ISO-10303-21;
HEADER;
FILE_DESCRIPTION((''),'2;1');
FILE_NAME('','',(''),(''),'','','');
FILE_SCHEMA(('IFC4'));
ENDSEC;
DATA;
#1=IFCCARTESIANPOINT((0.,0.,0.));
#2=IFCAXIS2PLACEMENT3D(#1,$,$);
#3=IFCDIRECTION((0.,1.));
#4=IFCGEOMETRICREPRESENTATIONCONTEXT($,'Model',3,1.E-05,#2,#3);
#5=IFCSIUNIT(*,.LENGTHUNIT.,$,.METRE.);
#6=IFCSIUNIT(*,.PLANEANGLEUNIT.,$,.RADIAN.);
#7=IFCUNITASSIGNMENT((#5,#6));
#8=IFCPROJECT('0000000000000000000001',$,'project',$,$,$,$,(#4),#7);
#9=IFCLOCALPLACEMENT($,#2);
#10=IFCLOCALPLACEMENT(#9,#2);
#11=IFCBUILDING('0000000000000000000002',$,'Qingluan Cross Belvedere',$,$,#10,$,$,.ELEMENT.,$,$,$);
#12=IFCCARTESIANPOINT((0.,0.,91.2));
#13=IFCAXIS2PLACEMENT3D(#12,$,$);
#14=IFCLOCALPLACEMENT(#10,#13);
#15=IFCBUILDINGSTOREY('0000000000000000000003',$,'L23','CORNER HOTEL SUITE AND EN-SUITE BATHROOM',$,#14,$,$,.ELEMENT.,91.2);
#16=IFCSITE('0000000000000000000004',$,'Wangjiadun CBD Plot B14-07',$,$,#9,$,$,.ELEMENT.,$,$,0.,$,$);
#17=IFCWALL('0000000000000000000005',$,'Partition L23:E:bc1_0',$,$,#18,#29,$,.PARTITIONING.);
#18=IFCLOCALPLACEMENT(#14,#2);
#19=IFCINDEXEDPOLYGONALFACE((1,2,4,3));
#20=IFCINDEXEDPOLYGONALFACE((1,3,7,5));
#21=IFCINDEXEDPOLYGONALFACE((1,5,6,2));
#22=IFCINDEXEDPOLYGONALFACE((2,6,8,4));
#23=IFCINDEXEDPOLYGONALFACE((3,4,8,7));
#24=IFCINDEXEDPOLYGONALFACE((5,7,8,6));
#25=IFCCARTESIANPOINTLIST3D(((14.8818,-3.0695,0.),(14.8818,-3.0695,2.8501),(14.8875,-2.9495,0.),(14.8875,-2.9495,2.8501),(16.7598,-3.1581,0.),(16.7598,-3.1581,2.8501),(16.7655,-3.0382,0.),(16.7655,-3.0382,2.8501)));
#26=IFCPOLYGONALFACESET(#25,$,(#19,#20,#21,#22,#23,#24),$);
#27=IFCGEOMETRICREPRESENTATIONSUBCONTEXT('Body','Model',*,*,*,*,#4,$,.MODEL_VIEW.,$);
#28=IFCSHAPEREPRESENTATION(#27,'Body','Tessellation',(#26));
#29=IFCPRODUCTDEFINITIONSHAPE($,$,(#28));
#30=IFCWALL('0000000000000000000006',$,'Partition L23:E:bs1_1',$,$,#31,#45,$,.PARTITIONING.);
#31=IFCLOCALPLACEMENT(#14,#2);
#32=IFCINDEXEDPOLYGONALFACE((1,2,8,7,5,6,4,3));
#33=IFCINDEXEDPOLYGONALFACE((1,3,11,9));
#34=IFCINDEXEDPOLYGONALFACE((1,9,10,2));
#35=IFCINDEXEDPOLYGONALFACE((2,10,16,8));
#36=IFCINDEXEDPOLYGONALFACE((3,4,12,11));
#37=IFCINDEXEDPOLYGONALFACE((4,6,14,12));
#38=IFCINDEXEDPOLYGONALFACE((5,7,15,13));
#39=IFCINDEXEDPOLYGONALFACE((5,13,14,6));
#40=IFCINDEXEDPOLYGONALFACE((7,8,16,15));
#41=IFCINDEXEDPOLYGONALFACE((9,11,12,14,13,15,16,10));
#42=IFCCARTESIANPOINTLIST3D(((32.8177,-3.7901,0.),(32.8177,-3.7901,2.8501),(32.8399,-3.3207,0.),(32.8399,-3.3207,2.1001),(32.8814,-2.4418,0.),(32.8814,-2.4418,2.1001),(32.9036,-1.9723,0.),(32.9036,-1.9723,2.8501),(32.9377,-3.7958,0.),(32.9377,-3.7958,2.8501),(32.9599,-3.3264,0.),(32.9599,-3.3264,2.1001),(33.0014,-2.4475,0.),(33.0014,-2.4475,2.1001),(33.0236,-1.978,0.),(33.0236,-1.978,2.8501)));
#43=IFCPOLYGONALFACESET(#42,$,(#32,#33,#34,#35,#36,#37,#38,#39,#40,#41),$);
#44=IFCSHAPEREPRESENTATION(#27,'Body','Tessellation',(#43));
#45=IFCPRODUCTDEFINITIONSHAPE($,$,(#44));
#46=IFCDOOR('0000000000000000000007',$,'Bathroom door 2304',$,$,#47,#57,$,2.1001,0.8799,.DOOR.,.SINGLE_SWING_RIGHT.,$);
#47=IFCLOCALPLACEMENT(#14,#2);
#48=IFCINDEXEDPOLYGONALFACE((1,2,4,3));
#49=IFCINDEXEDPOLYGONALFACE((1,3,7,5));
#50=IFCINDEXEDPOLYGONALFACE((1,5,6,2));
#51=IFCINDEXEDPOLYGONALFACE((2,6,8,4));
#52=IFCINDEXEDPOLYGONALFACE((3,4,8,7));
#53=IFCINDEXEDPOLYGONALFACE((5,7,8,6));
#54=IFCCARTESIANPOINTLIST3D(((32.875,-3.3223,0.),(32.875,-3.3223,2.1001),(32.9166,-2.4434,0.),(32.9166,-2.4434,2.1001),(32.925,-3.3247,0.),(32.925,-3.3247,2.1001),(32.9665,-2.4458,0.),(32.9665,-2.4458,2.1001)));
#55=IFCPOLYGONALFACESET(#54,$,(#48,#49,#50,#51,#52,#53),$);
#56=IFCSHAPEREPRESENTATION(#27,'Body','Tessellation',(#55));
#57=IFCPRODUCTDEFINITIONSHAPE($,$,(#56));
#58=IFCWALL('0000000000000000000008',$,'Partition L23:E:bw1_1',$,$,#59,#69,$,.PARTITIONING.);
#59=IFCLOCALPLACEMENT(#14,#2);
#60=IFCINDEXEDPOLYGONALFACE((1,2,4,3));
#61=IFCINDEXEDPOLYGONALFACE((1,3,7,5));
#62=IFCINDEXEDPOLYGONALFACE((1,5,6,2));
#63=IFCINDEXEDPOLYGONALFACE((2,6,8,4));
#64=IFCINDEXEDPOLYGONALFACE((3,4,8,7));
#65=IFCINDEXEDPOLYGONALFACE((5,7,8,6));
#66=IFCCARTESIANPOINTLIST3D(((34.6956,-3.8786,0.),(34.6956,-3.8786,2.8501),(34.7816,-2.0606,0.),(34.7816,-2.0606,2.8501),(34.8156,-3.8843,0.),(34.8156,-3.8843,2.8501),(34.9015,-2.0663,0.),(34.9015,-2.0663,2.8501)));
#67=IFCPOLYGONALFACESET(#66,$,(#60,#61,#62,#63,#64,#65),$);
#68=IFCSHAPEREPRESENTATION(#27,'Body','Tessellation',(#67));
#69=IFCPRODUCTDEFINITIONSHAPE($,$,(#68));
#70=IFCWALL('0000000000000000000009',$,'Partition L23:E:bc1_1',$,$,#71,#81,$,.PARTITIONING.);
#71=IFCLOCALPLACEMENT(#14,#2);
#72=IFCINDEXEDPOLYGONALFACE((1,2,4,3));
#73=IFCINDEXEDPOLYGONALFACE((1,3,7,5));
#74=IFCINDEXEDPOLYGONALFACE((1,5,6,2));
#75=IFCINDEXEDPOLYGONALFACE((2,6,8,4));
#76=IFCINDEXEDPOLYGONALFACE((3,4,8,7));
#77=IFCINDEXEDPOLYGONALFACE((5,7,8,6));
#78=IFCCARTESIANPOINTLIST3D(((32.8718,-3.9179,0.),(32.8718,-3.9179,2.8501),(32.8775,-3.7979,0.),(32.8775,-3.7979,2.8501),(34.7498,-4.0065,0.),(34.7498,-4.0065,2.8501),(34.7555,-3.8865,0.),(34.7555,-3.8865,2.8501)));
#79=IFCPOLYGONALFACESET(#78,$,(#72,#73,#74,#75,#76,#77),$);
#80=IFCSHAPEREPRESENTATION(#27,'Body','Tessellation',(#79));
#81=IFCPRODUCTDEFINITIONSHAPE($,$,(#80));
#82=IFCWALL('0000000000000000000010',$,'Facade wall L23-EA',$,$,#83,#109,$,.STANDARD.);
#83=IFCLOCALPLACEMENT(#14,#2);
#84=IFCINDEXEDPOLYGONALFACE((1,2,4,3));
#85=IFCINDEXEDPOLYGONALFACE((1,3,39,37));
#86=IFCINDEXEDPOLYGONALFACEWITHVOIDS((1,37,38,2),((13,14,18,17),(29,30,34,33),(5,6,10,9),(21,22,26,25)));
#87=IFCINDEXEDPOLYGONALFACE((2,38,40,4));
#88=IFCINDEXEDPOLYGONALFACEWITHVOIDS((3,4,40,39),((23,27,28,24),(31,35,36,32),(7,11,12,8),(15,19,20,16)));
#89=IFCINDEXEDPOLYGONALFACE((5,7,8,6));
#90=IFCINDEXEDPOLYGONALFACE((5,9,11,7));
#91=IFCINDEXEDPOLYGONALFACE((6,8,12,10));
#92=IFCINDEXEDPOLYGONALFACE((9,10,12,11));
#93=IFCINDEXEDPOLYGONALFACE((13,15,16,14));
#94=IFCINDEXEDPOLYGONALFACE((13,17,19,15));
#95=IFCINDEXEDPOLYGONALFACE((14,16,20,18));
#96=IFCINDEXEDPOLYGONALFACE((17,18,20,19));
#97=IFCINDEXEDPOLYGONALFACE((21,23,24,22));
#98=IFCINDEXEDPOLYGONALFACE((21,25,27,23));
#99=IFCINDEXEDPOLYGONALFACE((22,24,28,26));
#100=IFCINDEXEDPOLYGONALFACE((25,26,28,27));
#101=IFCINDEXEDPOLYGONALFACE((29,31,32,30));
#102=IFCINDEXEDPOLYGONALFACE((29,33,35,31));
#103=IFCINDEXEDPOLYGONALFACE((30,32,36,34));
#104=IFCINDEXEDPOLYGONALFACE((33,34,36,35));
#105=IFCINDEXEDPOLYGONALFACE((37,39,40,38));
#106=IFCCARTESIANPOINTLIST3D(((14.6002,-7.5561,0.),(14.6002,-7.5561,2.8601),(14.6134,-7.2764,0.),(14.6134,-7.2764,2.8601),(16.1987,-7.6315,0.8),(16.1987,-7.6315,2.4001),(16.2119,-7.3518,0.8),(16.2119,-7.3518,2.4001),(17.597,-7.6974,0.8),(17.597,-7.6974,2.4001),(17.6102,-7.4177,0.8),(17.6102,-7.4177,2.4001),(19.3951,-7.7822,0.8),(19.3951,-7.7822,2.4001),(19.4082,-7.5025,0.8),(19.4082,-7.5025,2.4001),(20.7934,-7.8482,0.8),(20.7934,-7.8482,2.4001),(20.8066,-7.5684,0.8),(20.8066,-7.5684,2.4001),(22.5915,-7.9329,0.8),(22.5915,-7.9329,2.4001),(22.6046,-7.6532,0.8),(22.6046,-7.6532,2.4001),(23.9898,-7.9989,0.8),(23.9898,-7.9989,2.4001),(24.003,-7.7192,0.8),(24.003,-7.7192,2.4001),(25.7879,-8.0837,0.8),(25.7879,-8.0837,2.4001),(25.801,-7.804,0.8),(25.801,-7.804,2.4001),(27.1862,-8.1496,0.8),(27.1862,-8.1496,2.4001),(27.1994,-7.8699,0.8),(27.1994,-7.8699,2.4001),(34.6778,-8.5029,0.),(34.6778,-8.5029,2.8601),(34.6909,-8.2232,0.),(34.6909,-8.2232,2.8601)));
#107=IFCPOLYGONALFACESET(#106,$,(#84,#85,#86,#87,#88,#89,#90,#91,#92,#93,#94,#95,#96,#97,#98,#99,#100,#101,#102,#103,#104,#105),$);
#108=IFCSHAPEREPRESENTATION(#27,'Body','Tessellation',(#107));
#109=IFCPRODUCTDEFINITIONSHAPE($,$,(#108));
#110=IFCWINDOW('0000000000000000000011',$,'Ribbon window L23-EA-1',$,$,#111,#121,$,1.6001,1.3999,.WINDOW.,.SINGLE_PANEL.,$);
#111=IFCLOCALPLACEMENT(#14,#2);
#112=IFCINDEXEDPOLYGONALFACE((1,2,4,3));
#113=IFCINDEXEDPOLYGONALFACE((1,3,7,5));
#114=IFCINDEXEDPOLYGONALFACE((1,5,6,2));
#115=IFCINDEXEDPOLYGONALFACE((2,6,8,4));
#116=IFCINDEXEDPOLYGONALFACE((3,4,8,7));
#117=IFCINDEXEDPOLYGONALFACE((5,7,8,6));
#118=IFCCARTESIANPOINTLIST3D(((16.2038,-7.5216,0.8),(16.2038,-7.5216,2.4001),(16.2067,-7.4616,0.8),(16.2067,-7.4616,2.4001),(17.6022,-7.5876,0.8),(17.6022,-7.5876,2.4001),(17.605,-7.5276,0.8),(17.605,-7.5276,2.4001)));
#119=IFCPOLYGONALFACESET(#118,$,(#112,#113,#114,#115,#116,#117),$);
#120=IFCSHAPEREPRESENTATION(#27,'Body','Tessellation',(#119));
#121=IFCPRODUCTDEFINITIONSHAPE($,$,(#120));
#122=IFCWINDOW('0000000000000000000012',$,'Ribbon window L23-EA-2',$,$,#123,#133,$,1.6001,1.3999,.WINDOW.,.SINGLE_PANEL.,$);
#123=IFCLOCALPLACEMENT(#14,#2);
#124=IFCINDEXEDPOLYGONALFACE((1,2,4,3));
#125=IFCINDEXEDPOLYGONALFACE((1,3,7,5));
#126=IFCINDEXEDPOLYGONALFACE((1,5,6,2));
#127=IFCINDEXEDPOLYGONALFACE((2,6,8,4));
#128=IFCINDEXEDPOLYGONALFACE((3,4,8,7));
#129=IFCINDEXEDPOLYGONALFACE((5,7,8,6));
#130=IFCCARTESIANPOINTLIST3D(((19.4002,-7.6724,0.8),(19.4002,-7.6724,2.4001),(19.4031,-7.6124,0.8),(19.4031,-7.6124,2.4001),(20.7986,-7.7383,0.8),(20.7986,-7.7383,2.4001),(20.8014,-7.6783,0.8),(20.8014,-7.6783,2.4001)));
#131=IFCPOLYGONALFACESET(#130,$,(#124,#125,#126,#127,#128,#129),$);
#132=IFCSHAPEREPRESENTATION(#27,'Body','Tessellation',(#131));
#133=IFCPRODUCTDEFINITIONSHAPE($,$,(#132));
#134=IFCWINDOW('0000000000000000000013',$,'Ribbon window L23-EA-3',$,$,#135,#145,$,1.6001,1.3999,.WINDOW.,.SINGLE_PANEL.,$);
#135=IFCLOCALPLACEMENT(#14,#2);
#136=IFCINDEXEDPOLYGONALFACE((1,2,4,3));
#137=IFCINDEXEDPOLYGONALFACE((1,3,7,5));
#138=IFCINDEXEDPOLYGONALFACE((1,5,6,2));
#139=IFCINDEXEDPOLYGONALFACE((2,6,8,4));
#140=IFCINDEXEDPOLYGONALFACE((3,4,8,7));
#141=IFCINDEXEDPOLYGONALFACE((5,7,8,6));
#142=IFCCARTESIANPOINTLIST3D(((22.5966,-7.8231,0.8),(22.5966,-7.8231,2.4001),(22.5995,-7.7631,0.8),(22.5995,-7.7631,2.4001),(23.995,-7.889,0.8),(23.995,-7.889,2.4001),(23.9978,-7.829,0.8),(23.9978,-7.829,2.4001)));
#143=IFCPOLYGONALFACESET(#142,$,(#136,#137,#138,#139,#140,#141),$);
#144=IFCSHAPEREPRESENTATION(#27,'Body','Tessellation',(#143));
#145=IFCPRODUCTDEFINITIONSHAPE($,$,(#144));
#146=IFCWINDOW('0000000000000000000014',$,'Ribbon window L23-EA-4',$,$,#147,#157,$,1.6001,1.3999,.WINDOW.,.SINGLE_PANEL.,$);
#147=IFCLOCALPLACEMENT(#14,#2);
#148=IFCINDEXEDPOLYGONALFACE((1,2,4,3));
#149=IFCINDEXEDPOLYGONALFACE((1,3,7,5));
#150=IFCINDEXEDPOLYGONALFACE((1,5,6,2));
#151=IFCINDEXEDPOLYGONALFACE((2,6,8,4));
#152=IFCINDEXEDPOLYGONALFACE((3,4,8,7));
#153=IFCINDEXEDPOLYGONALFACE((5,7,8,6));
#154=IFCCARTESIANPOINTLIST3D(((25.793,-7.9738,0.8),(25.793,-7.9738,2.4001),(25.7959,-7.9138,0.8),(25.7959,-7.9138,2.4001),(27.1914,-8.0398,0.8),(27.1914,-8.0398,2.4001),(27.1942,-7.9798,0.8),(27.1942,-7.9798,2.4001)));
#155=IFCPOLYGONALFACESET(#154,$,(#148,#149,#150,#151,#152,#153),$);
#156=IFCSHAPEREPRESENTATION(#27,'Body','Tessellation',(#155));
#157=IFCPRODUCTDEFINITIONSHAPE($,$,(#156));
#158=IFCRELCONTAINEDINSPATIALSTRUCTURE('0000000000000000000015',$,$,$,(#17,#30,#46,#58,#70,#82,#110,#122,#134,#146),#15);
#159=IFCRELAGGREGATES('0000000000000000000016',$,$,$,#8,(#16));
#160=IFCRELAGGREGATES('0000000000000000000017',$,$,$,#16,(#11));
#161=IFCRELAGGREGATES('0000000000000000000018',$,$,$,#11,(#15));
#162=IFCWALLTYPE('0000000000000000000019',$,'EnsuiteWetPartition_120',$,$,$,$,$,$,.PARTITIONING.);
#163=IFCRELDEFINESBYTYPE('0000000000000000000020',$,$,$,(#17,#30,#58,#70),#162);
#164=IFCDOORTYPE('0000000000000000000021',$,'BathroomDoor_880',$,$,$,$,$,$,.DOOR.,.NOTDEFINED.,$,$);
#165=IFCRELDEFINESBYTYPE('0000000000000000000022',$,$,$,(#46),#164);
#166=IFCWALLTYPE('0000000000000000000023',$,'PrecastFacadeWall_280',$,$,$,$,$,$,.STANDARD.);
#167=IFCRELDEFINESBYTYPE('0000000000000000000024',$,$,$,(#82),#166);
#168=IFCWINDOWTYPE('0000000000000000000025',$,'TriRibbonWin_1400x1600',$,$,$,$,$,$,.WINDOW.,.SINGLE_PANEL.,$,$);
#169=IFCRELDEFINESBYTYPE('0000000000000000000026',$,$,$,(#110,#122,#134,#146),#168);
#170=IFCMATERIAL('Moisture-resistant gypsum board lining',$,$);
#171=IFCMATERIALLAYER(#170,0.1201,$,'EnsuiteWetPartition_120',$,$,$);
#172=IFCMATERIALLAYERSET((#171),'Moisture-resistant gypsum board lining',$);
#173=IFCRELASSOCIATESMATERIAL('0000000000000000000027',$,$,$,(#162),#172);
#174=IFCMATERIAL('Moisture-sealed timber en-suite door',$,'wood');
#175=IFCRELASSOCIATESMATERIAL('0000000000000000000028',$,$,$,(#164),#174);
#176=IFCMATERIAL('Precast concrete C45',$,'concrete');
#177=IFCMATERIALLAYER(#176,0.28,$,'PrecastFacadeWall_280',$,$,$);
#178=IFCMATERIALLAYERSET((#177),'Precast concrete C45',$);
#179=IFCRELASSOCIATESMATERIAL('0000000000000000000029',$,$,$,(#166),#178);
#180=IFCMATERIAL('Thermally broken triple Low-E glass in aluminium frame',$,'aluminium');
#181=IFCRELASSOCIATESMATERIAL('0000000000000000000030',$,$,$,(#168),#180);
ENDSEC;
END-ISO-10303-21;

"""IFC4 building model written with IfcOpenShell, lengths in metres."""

from ifc_helpers import new_model, si_unit, direction, frame, frame_2d, origin, place, context, subcontext, project, spatial, rectangle, extrude, material, layer, layer_set, type_object, element, fill, save


model = new_model("IFC4")

# Units and contexts
model_context = context("Model", 3, precision=1e-05, world=origin(), true_north=direction((0.0, 1.0)))
body_context = subcontext(model_context, "Body", "Model", "MODEL_VIEW")
ifc_project = project(units=[si_unit("LENGTHUNIT", "METRE"), si_unit("PLANEANGLEUNIT", "RADIAN")], contexts=[model_context])

# Site, building, storey
site_placement = place(None, origin())
site = spatial("IfcSite", under=ifc_project, at=site_placement, Name="Wangjiadun CBD Plot B14-07", CompositionType="ELEMENT", RefElevation=0.0)
building_placement = place(site_placement, origin())
building = spatial("IfcBuilding", under=site, at=building_placement, Name="Qingluan Cross Belvedere", CompositionType="ELEMENT")
storey_placement = place(building_placement, frame((0.0, 0.0, 91.2)))
storey = spatial("IfcBuildingStorey", under=building, at=storey_placement, Name="L23", Description="CORNER HOTEL SUITE AND EN-SUITE BATHROOM", CompositionType="ELEMENT", Elevation=91.2)

# Shared definitions
ifc_material_1 = material(Name="Moisture-resistant gypsum board lining")
ifc_layer_1 = layer(ifc_material_1, 0.1201, Name="EnsuiteWetPartition_120")
ifc_layer_set_1 = layer_set([ifc_layer_1], Name="Moisture-resistant gypsum board lining")
wall_type_1 = type_object("IfcWallType", Name="EnsuiteWetPartition_120", PredefinedType="PARTITIONING", material=ifc_layer_set_1)
ifc_material_2 = material(Name="Moisture-sealed timber en-suite door", Category="wood")
door_type = type_object("IfcDoorType", Name="BathroomDoor_880", OperationType="NOTDEFINED", PredefinedType="DOOR", material=ifc_material_2)

# Wall
wall_1_placement = place(storey_placement, frame((14.8848, -3.0095, 0.0), z_axis=(0.0, 0.0, 1.0), x_axis=(0.998888, -0.047139, 0.0)))
element("IfcWall", 1, at=wall_1_placement, inside=storey, type_object=wall_type_1, Name="Partition L23:E:bc1_0", PredefinedType="PARTITIONING", context=body_context, shape_type="SweptSolid", body=[
    extrude(rectangle(XDim=1.8801, YDim=0.1201, at=frame_2d((0.9399, 0.0))), origin(), (0.0, 0.0, 1.0), 2.8501),
])

# Wall, opening, door
wall_2_placement = place(storey_placement, frame((32.8777, -3.793, 0.0), z_axis=(0.0, 0.0, 1.0), x_axis=(0.047221, 0.998884, 0.0)))
wall_2 = element("IfcWall", 2, at=wall_2_placement, inside=storey, type_object=wall_type_1, Name="Partition L23:E:bs1_1", PredefinedType="PARTITIONING", context=body_context, shape_type="SweptSolid", body=[
    extrude(rectangle(XDim=1.8198, YDim=0.1201, at=frame_2d((0.9099, 0.0))), origin(), (0.0, 0.0, 1.0), 2.8501),
])
opening_1_placement = place(wall_2_placement, frame((0.47, 0.0, 0.0)))
opening_1 = element("IfcOpeningElement", 3, at=opening_1_placement, cuts=wall_2, PredefinedType="OPENING", context=body_context, shape_type="SweptSolid", body=[
    extrude(rectangle(XDim=0.8799, YDim=2.1001, at=frame_2d((0.4399, 1.05))), frame((0.0, 0.0701, 0.0), z_axis=(0.0, -1.0, 0.0), x_axis=(1.0, 0.0, 0.0)), (0.0, 0.0, 1.0), 0.1401),
])
door_1_placement = place(opening_1_placement, origin())
door_1 = element("IfcDoor", 4, at=door_1_placement, inside=storey, type_object=door_type, Name="Bathroom door 2304", OperationType="SINGLE_SWING_RIGHT", OverallHeight=2.1001, OverallWidth=0.8799, PredefinedType="DOOR", context=body_context, shape_type="SweptSolid", body=[
    extrude(rectangle(XDim=0.8799, YDim=2.1001, at=frame_2d((0.4399, 1.05))), frame((0.0, 0.0249, 0.0), z_axis=(0.0, -1.0, 0.0), x_axis=(1.0, 0.0, 0.0)), (0.0, 0.0, 1.0), 0.05),
])
fill(opening_1, door_1)

# Walls
wall_3_placement = place(storey_placement, frame((34.7556, -3.8816, 0.0), z_axis=(0.0, 0.0, 1.0), x_axis=(0.047215, 0.998885, 0.0)))
element("IfcWall", 5, at=wall_3_placement, inside=storey, type_object=wall_type_1, Name="Partition L23:E:bw1_1", PredefinedType="PARTITIONING", context=body_context, shape_type="SweptSolid", body=[
    extrude(rectangle(XDim=1.8201, YDim=0.1201, at=frame_2d((0.9102, 0.0))), origin(), (0.0, 0.0, 1.0), 2.8501),
])
wall_4_placement = place(storey_placement, frame((32.8748, -3.8579, 0.0), z_axis=(0.0, 0.0, 1.0), x_axis=(0.998888, -0.047139, 0.0)))
element("IfcWall", 6, at=wall_4_placement, inside=storey, type_object=wall_type_1, Name="Partition L23:E:bc1_1", PredefinedType="PARTITIONING", context=body_context, shape_type="SweptSolid", body=[
    extrude(rectangle(XDim=1.8801, YDim=0.1201, at=frame_2d((0.9399, 0.0))), origin(), (0.0, 0.0, 1.0), 2.8501),
])

# Wall, openings, windows
ifc_material_3 = material(Name="Precast concrete C45", Category="concrete")
ifc_layer_2 = layer(ifc_material_3, 0.28, Name="PrecastFacadeWall_280")
ifc_layer_set_2 = layer_set([ifc_layer_2], Name="Precast concrete C45")
wall_type_2 = type_object("IfcWallType", Name="PrecastFacadeWall_280", PredefinedType="STANDARD", material=ifc_layer_set_2)
wall_5_placement = place(storey_placement, frame((14.6069, -7.4163, 0.0), z_axis=(0.0, 0.0, 1.0), x_axis=(0.99889, -0.047103, 0.0)))
wall_5 = element("IfcWall", 7, at=wall_5_placement, inside=storey, type_object=wall_type_2, Name="Facade wall L23-EA", PredefinedType="STANDARD", context=body_context, shape_type="SweptSolid", body=[
    extrude(rectangle(XDim=20.0999, YDim=0.28, at=frame_2d((10.0498, 0.0))), origin(), (0.0, 0.0, 1.0), 2.8601),
])
opening_2_placement = place(wall_5_placement, frame((1.6001, 0.0, 0.8)))
opening_2 = element("IfcOpeningElement", 8, at=opening_2_placement, cuts=wall_5, PredefinedType="OPENING", context=body_context, shape_type="SweptSolid", body=[
    extrude(rectangle(XDim=1.3999, YDim=1.6001, at=frame_2d((0.7, 0.8))), frame((0.0, 0.1499, 0.0), z_axis=(0.0, -1.0, 0.0), x_axis=(1.0, 0.0, 0.0)), (0.0, 0.0, 1.0), 0.3),
])
opening_3_placement = place(wall_5_placement, frame((4.8, 0.0, 0.8)))
opening_3 = element("IfcOpeningElement", 9, at=opening_3_placement, cuts=wall_5, PredefinedType="OPENING", context=body_context, shape_type="SweptSolid", body=[
    extrude(rectangle(XDim=1.3999, YDim=1.6001, at=frame_2d((0.7, 0.8))), frame((0.0, 0.1499, 0.0), z_axis=(0.0, -1.0, 0.0), x_axis=(1.0, 0.0, 0.0)), (0.0, 0.0, 1.0), 0.3),
])
opening_4_placement = place(wall_5_placement, frame((8.0, 0.0, 0.8)))
opening_4 = element("IfcOpeningElement", 10, at=opening_4_placement, cuts=wall_5, PredefinedType="OPENING", context=body_context, shape_type="SweptSolid", body=[
    extrude(rectangle(XDim=1.3999, YDim=1.6001, at=frame_2d((0.7, 0.8))), frame((0.0, 0.1499, 0.0), z_axis=(0.0, -1.0, 0.0), x_axis=(1.0, 0.0, 0.0)), (0.0, 0.0, 1.0), 0.3),
])
opening_5_placement = place(wall_5_placement, frame((11.2, 0.0, 0.8)))
opening_5 = element("IfcOpeningElement", 11, at=opening_5_placement, cuts=wall_5, PredefinedType="OPENING", context=body_context, shape_type="SweptSolid", body=[
    extrude(rectangle(XDim=1.3999, YDim=1.6001, at=frame_2d((0.7, 0.8))), frame((0.0, 0.1499, 0.0), z_axis=(0.0, -1.0, 0.0), x_axis=(1.0, 0.0, 0.0)), (0.0, 0.0, 1.0), 0.3),
])
ifc_material_4 = material(Name="Thermally broken triple Low-E glass in aluminium frame", Category="aluminium")
window_type_1 = type_object("IfcWindowType", Name="TriRibbonWin_1400x1600", PartitioningType="SINGLE_PANEL", PredefinedType="WINDOW", material=ifc_material_4)
window_1_placement = place(opening_2_placement, origin())
window_1 = element("IfcWindow", 12, at=window_1_placement, inside=storey, type_object=window_type_1, Name="Ribbon window L23-EA-1", OverallHeight=1.6001, OverallWidth=1.3999, PartitioningType="SINGLE_PANEL", PredefinedType="WINDOW", context=body_context, shape_type="SweptSolid", body=[
    extrude(rectangle(XDim=1.3999, YDim=1.6001, at=frame_2d((0.7, 0.8))), frame((0.0, 0.03, 0.0), z_axis=(0.0, -1.0, 0.0), x_axis=(1.0, 0.0, 0.0)), (0.0, 0.0, 1.0), 0.0601),
])
fill(opening_2, window_1)
window_2_placement = place(opening_3_placement, origin())
window_2 = element("IfcWindow", 13, at=window_2_placement, inside=storey, type_object=window_type_1, Name="Ribbon window L23-EA-2", OverallHeight=1.6001, OverallWidth=1.3999, PartitioningType="SINGLE_PANEL", PredefinedType="WINDOW", context=body_context, shape_type="SweptSolid", body=[
    extrude(rectangle(XDim=1.3999, YDim=1.6001, at=frame_2d((0.7, 0.8))), frame((0.0, 0.03, 0.0), z_axis=(0.0, -1.0, 0.0), x_axis=(1.0, 0.0, 0.0)), (0.0, 0.0, 1.0), 0.0601),
])
fill(opening_3, window_2)
window_3_placement = place(opening_4_placement, origin())
window_3 = element("IfcWindow", 14, at=window_3_placement, inside=storey, type_object=window_type_1, Name="Ribbon window L23-EA-3", OverallHeight=1.6001, OverallWidth=1.3999, PartitioningType="SINGLE_PANEL", PredefinedType="WINDOW", context=body_context, shape_type="SweptSolid", body=[
    extrude(rectangle(XDim=1.3999, YDim=1.6001, at=frame_2d((0.7, 0.8))), frame((0.0, 0.03, 0.0), z_axis=(0.0, -1.0, 0.0), x_axis=(1.0, 0.0, 0.0)), (0.0, 0.0, 1.0), 0.0601),
])
fill(opening_4, window_3)
window_4_placement = place(opening_5_placement, origin())
window_4 = element("IfcWindow", 15, at=window_4_placement, inside=storey, type_object=window_type_1, Name="Ribbon window L23-EA-4", OverallHeight=1.6001, OverallWidth=1.3999, PartitioningType="SINGLE_PANEL", PredefinedType="WINDOW", context=body_context, shape_type="SweptSolid", body=[
    extrude(rectangle(XDim=1.3999, YDim=1.6001, at=frame_2d((0.7, 0.8))), frame((0.0, 0.03, 0.0), z_axis=(0.0, -1.0, 0.0), x_axis=(1.0, 0.0, 0.0)), (0.0, 0.0, 1.0), 0.0601),
])
fill(opening_5, window_4)

save(model, "model.ifc")
